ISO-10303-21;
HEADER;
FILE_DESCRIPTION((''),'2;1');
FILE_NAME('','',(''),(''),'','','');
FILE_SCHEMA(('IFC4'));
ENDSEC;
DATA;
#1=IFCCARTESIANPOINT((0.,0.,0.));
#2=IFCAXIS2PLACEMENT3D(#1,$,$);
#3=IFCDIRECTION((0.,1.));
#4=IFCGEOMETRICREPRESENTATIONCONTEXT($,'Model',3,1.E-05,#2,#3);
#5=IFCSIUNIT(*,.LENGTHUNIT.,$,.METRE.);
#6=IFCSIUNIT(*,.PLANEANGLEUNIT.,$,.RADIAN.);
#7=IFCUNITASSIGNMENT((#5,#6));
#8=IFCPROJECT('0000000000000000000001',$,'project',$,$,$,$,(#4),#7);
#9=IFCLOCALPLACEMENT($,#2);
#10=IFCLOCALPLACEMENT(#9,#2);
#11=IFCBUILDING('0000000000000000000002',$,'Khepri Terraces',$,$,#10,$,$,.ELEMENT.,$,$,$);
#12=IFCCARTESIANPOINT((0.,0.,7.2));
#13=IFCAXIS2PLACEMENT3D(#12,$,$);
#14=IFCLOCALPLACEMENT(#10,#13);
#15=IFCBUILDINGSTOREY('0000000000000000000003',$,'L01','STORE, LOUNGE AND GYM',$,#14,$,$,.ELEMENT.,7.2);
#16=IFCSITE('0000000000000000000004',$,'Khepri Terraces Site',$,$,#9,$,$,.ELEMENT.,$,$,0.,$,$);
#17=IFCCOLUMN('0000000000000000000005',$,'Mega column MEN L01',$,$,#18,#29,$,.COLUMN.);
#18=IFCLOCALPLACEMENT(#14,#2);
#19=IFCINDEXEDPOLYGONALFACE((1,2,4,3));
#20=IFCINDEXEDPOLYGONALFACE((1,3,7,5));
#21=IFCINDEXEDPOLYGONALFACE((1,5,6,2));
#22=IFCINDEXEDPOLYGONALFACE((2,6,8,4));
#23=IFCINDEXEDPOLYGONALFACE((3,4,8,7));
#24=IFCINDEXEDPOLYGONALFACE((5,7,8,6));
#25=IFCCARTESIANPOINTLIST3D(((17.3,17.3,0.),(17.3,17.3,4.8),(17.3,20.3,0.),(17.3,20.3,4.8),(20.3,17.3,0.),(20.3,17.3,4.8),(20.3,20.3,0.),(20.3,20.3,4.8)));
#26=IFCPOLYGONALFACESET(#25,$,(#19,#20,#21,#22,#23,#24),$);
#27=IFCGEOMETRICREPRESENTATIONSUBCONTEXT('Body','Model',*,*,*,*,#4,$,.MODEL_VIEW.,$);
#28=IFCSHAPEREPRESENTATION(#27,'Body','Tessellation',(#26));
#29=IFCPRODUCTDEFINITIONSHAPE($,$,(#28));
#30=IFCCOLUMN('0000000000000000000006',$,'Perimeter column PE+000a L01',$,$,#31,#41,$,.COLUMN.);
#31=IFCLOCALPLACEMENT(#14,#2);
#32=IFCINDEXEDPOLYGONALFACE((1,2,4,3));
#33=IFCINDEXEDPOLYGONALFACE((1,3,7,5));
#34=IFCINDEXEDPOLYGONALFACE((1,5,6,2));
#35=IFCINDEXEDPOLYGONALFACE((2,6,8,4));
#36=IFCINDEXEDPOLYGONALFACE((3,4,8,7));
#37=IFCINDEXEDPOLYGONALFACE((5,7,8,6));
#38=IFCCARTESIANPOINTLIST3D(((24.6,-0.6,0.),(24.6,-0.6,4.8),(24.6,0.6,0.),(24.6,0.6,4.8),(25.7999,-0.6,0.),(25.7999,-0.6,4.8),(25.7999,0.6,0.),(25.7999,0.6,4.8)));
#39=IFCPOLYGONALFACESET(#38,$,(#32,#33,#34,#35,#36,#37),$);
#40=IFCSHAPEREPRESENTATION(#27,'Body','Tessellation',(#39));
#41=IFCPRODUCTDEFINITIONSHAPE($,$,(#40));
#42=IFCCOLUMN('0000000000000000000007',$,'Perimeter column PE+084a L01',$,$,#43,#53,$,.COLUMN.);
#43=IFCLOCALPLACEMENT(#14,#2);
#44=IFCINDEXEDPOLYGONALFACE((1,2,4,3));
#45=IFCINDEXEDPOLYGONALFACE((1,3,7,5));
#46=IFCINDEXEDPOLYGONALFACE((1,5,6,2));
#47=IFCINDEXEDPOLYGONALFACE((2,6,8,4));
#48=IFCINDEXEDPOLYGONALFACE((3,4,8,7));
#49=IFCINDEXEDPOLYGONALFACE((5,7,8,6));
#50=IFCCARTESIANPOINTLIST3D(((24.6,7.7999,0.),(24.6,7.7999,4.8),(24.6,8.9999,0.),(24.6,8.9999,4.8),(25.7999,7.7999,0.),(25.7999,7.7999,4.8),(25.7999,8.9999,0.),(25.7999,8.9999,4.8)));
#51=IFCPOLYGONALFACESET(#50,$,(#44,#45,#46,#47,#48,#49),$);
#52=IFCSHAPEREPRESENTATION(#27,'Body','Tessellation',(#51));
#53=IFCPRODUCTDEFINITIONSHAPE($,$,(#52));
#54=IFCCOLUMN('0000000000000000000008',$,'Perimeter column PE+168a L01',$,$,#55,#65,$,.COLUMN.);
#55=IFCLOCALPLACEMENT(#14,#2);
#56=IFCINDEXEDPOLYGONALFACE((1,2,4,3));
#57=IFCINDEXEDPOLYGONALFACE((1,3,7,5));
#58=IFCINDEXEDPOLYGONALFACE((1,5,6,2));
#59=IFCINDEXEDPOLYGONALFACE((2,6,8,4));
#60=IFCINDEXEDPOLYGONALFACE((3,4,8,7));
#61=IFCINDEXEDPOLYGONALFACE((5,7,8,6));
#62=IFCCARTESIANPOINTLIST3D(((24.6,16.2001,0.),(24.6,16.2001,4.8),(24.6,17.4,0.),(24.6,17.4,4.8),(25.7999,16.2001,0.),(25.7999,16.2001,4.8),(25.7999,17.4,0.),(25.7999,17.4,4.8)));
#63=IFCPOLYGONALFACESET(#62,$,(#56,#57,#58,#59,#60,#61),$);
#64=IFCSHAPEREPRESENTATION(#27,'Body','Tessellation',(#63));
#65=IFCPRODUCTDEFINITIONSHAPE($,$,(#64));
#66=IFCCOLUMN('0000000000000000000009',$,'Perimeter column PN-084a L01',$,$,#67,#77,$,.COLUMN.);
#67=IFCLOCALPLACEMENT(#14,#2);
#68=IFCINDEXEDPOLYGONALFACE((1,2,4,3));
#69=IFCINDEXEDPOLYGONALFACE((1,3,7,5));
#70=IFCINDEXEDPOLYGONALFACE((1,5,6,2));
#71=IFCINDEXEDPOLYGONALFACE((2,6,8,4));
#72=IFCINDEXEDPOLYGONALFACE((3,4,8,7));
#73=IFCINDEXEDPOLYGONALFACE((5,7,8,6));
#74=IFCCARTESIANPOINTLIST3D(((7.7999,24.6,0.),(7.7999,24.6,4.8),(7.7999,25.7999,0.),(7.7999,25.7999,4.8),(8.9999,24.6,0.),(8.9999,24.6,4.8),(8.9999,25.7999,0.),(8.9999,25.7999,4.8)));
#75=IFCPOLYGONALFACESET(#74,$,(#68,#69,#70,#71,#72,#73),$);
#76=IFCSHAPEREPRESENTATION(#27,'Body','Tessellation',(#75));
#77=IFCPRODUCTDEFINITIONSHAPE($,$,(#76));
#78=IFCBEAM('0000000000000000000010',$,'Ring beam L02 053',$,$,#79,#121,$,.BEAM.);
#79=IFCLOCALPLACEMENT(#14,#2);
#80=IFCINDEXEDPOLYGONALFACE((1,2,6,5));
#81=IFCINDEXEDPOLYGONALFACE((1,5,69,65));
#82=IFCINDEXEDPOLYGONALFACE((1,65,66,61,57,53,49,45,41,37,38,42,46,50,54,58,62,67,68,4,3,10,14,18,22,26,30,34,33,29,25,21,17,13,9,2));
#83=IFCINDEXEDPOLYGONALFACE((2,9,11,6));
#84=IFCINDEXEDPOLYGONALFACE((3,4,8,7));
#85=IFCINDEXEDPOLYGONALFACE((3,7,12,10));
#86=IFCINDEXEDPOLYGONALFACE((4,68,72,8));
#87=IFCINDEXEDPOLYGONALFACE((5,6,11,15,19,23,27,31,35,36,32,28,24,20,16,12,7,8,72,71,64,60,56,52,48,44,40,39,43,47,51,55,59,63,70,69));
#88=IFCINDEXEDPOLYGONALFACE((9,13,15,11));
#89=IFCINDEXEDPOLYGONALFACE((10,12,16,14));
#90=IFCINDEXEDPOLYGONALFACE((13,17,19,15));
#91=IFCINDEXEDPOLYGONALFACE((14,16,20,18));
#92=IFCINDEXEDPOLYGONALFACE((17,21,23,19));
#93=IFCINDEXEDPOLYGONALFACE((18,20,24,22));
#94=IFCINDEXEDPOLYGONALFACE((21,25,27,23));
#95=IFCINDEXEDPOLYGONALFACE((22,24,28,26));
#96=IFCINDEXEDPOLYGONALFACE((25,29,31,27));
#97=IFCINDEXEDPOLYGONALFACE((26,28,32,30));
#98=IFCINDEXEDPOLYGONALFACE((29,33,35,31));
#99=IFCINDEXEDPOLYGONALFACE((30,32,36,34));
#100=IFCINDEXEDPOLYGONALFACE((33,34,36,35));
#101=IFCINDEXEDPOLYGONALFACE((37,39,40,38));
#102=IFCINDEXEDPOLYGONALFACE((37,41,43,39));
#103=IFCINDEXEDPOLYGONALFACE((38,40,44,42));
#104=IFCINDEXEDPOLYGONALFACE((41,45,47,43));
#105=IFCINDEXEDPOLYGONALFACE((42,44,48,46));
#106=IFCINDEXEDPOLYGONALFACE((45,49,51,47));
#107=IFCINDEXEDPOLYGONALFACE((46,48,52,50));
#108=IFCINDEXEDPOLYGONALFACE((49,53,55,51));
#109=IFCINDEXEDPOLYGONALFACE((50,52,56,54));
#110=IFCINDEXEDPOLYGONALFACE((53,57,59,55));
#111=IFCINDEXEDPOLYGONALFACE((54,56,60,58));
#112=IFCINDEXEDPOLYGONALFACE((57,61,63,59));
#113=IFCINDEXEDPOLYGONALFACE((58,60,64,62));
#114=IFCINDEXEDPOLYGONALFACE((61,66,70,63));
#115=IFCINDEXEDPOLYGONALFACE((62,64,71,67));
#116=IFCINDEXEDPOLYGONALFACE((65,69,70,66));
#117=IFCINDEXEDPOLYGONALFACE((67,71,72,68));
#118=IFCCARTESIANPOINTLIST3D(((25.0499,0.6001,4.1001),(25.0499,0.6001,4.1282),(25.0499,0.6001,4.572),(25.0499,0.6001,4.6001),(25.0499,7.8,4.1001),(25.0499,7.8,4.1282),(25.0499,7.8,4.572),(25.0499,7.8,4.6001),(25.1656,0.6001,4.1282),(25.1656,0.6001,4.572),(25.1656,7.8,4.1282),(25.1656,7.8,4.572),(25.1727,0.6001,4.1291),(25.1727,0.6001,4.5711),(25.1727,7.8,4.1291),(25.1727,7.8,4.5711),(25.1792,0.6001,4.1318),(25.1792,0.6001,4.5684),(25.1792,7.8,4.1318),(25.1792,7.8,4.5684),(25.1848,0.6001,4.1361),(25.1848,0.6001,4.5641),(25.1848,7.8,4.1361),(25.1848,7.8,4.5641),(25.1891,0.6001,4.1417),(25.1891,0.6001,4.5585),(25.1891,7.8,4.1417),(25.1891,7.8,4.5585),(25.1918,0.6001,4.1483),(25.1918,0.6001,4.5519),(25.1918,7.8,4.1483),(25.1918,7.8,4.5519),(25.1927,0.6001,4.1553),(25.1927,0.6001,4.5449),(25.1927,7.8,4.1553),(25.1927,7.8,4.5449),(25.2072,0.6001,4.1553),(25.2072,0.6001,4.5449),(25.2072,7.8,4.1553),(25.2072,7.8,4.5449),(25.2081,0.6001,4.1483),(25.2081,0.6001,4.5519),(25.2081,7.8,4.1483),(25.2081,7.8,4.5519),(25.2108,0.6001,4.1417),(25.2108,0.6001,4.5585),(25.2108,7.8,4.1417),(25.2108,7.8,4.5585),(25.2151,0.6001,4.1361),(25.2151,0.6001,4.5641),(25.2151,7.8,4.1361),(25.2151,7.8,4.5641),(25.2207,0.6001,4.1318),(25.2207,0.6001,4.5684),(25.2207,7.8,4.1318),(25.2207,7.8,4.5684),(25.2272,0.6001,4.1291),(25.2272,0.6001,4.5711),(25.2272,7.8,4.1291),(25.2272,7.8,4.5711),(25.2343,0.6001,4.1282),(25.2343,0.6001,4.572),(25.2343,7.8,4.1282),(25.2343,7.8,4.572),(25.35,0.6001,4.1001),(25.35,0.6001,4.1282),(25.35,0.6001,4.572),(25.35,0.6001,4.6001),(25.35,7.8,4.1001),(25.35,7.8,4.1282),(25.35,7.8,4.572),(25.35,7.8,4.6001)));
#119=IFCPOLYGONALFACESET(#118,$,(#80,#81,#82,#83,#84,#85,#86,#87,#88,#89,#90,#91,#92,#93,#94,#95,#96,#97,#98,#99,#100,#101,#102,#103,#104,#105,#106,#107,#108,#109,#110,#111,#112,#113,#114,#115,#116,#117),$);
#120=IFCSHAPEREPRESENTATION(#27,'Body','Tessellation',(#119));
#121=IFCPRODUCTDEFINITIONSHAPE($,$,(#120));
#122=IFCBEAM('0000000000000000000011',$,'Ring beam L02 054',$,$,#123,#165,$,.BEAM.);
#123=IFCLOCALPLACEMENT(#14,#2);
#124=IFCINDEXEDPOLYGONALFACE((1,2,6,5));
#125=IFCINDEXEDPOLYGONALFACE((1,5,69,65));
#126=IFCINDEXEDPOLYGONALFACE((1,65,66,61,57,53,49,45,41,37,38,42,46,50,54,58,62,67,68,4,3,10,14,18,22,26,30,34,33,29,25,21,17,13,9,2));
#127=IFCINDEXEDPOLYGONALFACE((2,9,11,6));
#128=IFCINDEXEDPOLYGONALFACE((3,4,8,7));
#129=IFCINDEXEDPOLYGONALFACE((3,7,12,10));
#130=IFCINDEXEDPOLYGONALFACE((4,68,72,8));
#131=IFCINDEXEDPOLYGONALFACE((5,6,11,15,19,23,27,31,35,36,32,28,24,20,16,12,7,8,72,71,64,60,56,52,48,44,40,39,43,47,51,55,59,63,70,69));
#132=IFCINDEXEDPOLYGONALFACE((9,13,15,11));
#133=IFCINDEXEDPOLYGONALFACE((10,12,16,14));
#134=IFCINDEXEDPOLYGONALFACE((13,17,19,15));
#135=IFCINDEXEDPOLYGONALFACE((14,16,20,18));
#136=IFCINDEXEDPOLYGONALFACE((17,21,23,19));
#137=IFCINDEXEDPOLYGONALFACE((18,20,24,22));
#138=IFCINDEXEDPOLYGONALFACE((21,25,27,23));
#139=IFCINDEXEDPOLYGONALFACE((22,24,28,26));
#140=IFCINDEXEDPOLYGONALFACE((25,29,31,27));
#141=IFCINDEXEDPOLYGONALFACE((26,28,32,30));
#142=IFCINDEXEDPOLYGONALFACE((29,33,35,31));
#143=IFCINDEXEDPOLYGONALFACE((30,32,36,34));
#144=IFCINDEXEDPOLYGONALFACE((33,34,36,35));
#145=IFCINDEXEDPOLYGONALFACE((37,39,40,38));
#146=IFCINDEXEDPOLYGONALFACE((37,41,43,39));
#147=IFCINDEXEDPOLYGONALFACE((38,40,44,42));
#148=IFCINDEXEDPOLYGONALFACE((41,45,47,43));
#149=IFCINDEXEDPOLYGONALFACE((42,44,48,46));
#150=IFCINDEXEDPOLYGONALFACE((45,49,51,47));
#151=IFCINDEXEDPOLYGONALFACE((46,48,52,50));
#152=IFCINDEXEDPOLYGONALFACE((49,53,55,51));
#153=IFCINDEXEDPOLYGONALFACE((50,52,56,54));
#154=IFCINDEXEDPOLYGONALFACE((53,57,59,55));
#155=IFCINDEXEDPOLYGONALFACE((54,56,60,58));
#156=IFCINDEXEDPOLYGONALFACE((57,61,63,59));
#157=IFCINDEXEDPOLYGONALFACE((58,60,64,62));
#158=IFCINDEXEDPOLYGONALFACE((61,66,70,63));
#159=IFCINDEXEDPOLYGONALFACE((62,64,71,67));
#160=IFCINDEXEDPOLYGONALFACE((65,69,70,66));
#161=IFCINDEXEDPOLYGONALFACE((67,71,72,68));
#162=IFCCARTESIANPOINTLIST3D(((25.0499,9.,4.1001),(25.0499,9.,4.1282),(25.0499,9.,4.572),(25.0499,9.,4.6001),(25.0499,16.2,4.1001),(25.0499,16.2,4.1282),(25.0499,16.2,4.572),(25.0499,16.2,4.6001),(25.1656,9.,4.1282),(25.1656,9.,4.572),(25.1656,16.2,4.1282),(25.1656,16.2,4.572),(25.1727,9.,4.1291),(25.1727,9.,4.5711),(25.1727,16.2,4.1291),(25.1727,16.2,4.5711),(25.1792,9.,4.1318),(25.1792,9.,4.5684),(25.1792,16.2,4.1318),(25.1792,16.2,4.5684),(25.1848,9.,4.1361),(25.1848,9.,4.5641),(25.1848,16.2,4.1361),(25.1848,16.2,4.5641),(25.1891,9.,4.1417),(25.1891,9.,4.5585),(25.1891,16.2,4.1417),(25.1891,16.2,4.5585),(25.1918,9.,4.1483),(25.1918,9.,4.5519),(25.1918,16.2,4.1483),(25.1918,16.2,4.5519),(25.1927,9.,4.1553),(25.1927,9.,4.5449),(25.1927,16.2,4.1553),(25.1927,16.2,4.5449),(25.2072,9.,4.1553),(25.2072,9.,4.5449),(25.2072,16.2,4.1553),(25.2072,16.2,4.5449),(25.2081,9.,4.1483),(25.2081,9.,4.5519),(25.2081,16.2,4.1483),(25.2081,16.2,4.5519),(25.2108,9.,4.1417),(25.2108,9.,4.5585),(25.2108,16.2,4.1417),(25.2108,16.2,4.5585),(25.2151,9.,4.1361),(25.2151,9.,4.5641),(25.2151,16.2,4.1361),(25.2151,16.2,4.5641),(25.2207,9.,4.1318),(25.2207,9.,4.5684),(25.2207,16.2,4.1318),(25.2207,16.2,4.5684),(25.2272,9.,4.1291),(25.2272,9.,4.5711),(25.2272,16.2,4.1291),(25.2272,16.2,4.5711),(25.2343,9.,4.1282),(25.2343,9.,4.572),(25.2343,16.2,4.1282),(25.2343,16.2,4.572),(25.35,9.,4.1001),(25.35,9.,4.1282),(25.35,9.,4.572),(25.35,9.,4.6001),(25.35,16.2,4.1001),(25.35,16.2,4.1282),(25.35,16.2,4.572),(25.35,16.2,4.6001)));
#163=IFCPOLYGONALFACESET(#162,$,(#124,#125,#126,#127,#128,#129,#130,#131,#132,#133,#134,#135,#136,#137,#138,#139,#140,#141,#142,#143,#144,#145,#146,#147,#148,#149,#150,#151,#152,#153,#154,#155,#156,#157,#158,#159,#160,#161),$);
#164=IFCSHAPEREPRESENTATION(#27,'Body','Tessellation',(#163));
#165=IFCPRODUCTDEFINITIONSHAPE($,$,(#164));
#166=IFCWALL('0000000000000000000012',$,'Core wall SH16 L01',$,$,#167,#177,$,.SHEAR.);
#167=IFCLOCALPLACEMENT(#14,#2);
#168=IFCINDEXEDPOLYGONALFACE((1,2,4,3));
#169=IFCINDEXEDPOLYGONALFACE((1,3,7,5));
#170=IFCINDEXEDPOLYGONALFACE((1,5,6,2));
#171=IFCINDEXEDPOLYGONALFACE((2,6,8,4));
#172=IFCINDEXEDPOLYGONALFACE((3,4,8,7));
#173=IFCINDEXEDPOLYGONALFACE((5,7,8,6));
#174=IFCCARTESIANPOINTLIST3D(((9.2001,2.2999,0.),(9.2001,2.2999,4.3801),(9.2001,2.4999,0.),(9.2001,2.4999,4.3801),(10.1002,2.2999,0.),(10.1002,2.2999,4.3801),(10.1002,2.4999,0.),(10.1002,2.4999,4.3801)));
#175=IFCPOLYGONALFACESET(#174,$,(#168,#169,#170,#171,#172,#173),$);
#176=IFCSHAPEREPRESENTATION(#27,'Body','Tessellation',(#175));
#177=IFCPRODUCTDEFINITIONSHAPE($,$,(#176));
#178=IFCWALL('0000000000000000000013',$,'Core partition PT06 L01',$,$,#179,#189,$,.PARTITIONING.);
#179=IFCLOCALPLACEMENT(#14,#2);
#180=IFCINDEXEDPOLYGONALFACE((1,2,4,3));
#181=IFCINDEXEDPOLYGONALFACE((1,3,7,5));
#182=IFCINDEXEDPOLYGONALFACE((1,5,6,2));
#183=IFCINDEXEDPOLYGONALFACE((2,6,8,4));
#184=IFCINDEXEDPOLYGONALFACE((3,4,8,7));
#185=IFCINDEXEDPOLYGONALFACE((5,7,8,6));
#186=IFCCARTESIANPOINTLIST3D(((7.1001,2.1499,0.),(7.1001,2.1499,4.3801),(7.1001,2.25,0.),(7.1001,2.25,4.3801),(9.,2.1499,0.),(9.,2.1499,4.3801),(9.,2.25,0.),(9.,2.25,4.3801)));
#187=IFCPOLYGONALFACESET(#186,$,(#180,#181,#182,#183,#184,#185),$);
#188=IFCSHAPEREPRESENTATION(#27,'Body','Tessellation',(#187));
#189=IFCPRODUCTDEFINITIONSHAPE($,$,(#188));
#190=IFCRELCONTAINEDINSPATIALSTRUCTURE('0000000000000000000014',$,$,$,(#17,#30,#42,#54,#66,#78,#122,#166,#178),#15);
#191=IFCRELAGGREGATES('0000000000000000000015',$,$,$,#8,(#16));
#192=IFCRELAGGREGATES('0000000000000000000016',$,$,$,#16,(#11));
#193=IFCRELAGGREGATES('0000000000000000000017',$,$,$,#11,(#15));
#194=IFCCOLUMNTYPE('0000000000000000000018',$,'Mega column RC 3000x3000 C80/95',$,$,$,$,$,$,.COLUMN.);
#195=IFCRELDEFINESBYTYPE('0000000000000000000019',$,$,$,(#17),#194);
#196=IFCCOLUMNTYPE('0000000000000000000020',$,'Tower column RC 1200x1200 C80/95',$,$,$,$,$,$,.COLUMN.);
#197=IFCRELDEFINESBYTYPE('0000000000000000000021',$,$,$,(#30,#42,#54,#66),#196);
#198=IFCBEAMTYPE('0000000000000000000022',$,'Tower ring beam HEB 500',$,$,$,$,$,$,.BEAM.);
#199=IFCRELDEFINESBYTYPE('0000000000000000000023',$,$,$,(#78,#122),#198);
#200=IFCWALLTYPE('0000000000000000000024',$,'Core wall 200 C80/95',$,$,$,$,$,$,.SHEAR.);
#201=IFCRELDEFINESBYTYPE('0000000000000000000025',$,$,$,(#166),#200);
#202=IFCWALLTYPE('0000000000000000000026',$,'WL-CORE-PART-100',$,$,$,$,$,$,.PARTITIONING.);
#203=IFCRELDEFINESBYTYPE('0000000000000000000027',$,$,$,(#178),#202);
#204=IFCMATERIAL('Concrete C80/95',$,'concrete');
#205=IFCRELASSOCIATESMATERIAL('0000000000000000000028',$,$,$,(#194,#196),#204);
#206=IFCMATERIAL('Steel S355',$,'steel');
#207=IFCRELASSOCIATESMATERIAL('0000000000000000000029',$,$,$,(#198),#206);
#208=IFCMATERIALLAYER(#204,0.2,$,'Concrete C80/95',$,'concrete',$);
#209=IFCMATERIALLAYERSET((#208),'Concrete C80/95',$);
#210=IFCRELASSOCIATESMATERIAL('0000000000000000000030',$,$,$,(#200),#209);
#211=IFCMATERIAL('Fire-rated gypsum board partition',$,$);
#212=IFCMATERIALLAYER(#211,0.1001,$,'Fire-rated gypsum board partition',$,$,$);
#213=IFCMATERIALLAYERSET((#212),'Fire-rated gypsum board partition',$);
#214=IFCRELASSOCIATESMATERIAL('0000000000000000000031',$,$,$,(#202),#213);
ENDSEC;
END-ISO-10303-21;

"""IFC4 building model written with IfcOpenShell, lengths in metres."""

from ifc_helpers import new_model, si_unit, direction, frame, frame_2d, origin, origin_2d, place, context, subcontext, project, spatial, rectangle, i_section, extrude, material, layer, layer_set, material_profile, profile_set, type_object, element, save


model = new_model("IFC4")

# Units and contexts
model_context = context("Model", 3, precision=1e-05, world=origin(), true_north=direction((0.0, 1.0)))
body_context = subcontext(model_context, "Body", "Model", "MODEL_VIEW")
ifc_project = project(units=[si_unit("LENGTHUNIT", "METRE"), si_unit("PLANEANGLEUNIT", "RADIAN")], contexts=[model_context])

# Site, building, storey
site_placement = place(None, origin())
site = spatial("IfcSite", under=ifc_project, at=site_placement, Name="Khepri Terraces Site", CompositionType="ELEMENT", RefElevation=0.0)
building_placement = place(site_placement, origin())
building = spatial("IfcBuilding", under=site, at=building_placement, Name="Khepri Terraces", CompositionType="ELEMENT")
storey_placement = place(building_placement, frame((0.0, 0.0, 7.2)))
storey = spatial("IfcBuildingStorey", under=building, at=storey_placement, Name="L01", Description="STORE, LOUNGE AND GYM", CompositionType="ELEMENT", Elevation=7.2)

# Columns
ifc_material_1 = material(Name="Concrete C80/95", Category="concrete")
ifc_material_profile_1 = material_profile(ifc_material_1, rectangle(XDim=3.0, YDim=3.0, at=origin_2d()), Name="Concrete C80/95", Category="concrete")
ifc_profile_set_1 = profile_set([ifc_material_profile_1], Name="Concrete C80/95")
column_type_1 = type_object("IfcColumnType", Name="Mega column RC 3000x3000 C80/95", PredefinedType="COLUMN", material=ifc_profile_set_1)
column_placement = place(storey_placement, frame((18.8, 18.8, 0.0), z_axis=(0.0, 0.0, 1.0), x_axis=(1.0, 0.0, 0.0)))
element("IfcColumn", 1, at=column_placement, inside=storey, type_object=column_type_1, Name="Mega column MEN L01", PredefinedType="COLUMN", context=body_context, shape_type="SweptSolid", body=[
    extrude(rectangle(XDim=3.0, YDim=3.0, at=origin_2d()), origin(), (0.0, 0.0, 1.0), 4.8),
])
ifc_material_profile_2 = material_profile(ifc_material_1, rectangle(XDim=1.2, YDim=1.2, at=origin_2d()), Name="Concrete C80/95", Category="concrete")
ifc_profile_set_2 = profile_set([ifc_material_profile_2], Name="Concrete C80/95")
column_type_2 = type_object("IfcColumnType", Name="Tower column RC 1200x1200 C80/95", PredefinedType="COLUMN", material=ifc_profile_set_2)
for number, where, z_axis, x_axis, name in (
    (2, (25.2, 0.0, 0.0), (0.0, 0.0, 1.0), (1.0, 0.0, 0.0), "Perimeter column PE+000a L01"),
    (3, (25.2, 8.3999, 0.0), (0.0, 0.0, 1.0), (1.0, 0.0, 0.0), "Perimeter column PE+084a L01"),
    (4, (25.2, 16.8, 0.0), (0.0, 0.0, 1.0), (1.0, 0.0, 0.0), "Perimeter column PE+168a L01"),
    (5, (8.3999, 25.2, 0.0), (0.0, 0.0, 1.0), (1.0, 0.0, 0.0), "Perimeter column PN-084a L01"),
):
    element("IfcColumn", number, at=place(storey_placement, frame(where, z_axis=z_axis, x_axis=x_axis)), inside=storey, type_object=column_type_2, Name=name, PredefinedType="COLUMN", context=body_context, shape_type="SweptSolid", body=[
        extrude(rectangle(XDim=1.2, YDim=1.2, at=origin_2d()), origin(), (0.0, 0.0, 1.0), 4.8),
    ])

# Beams
ifc_material_2 = material(Name="Steel S355", Category="steel")
ifc_material_profile_3 = material_profile(ifc_material_2, i_section(OverallWidth=0.3, OverallDepth=0.5, WebThickness=0.0144, FlangeThickness=0.0281, FilletRadius=0.0271, at=origin_2d()), Name="Steel S355", Category="steel")
ifc_profile_set_3 = profile_set([ifc_material_profile_3], Name="Steel S355")
beam_type = type_object("IfcBeamType", Name="Tower ring beam HEB 500", PredefinedType="BEAM", material=ifc_profile_set_3)
for number, where, z_axis, x_axis, name in (
    (6, (25.2, 0.6001, 4.3501), (0.0, 1.0, 0.0), (-1.0, 0.0, 0.0), "Ring beam L02 053"),
    (7, (25.2, 9.0, 4.3501), (0.0, 1.0, 0.0), (-1.0, 0.0, 0.0), "Ring beam L02 054"),
):
    element("IfcBeam", number, at=place(storey_placement, frame(where, z_axis=z_axis, x_axis=x_axis)), inside=storey, type_object=beam_type, Name=name, PredefinedType="BEAM", context=body_context, shape_type="SweptSolid", body=[
        extrude(i_section(OverallWidth=0.3, OverallDepth=0.5, WebThickness=0.0144, FlangeThickness=0.0281, FilletRadius=0.0271, at=origin_2d()), origin(), (0.0, 0.0, 1.0), 7.2),
    ])

# Walls
ifc_layer_1 = layer(ifc_material_1, 0.2, Name="Concrete C80/95", Category="concrete")
ifc_layer_set_1 = layer_set([ifc_layer_1], Name="Concrete C80/95")
wall_type_1 = type_object("IfcWallType", Name="Core wall 200 C80/95", PredefinedType="SHEAR", material=ifc_layer_set_1)
wall_1_placement = place(storey_placement, frame((9.2, 2.3999, 0.0), z_axis=(0.0, 0.0, 1.0), x_axis=(1.0, 0.0, 0.0)))
element("IfcWall", 8, at=wall_1_placement, inside=storey, type_object=wall_type_1, Name="Core wall SH16 L01", PredefinedType="SHEAR", context=body_context, shape_type="SweptSolid", body=[
    extrude(rectangle(XDim=0.9001, YDim=0.2, at=frame_2d((0.4502, 0.0))), origin(), (0.0, 0.0, 1.0), 4.3801),
])
ifc_material_3 = material(Name="Fire-rated gypsum board partition")
ifc_layer_2 = layer(ifc_material_3, 0.1001, Name="Fire-rated gypsum board partition")
ifc_layer_set_2 = layer_set([ifc_layer_2], Name="Fire-rated gypsum board partition")
wall_type_2 = type_object("IfcWallType", Name="WL-CORE-PART-100", PredefinedType="PARTITIONING", material=ifc_layer_set_2)
wall_2_placement = place(storey_placement, frame((7.1001, 2.2, 0.0), z_axis=(0.0, 0.0, 1.0), x_axis=(1.0, 0.0, 0.0)))
element("IfcWall", 9, at=wall_2_placement, inside=storey, type_object=wall_type_2, Name="Core partition PT06 L01", PredefinedType="PARTITIONING", context=body_context, shape_type="SweptSolid", body=[
    extrude(rectangle(XDim=1.8999, YDim=0.1001, at=frame_2d((0.95, 0.0))), origin(), (0.0, 0.0, 1.0), 4.3801),
])

save(model, "model.ifc")
